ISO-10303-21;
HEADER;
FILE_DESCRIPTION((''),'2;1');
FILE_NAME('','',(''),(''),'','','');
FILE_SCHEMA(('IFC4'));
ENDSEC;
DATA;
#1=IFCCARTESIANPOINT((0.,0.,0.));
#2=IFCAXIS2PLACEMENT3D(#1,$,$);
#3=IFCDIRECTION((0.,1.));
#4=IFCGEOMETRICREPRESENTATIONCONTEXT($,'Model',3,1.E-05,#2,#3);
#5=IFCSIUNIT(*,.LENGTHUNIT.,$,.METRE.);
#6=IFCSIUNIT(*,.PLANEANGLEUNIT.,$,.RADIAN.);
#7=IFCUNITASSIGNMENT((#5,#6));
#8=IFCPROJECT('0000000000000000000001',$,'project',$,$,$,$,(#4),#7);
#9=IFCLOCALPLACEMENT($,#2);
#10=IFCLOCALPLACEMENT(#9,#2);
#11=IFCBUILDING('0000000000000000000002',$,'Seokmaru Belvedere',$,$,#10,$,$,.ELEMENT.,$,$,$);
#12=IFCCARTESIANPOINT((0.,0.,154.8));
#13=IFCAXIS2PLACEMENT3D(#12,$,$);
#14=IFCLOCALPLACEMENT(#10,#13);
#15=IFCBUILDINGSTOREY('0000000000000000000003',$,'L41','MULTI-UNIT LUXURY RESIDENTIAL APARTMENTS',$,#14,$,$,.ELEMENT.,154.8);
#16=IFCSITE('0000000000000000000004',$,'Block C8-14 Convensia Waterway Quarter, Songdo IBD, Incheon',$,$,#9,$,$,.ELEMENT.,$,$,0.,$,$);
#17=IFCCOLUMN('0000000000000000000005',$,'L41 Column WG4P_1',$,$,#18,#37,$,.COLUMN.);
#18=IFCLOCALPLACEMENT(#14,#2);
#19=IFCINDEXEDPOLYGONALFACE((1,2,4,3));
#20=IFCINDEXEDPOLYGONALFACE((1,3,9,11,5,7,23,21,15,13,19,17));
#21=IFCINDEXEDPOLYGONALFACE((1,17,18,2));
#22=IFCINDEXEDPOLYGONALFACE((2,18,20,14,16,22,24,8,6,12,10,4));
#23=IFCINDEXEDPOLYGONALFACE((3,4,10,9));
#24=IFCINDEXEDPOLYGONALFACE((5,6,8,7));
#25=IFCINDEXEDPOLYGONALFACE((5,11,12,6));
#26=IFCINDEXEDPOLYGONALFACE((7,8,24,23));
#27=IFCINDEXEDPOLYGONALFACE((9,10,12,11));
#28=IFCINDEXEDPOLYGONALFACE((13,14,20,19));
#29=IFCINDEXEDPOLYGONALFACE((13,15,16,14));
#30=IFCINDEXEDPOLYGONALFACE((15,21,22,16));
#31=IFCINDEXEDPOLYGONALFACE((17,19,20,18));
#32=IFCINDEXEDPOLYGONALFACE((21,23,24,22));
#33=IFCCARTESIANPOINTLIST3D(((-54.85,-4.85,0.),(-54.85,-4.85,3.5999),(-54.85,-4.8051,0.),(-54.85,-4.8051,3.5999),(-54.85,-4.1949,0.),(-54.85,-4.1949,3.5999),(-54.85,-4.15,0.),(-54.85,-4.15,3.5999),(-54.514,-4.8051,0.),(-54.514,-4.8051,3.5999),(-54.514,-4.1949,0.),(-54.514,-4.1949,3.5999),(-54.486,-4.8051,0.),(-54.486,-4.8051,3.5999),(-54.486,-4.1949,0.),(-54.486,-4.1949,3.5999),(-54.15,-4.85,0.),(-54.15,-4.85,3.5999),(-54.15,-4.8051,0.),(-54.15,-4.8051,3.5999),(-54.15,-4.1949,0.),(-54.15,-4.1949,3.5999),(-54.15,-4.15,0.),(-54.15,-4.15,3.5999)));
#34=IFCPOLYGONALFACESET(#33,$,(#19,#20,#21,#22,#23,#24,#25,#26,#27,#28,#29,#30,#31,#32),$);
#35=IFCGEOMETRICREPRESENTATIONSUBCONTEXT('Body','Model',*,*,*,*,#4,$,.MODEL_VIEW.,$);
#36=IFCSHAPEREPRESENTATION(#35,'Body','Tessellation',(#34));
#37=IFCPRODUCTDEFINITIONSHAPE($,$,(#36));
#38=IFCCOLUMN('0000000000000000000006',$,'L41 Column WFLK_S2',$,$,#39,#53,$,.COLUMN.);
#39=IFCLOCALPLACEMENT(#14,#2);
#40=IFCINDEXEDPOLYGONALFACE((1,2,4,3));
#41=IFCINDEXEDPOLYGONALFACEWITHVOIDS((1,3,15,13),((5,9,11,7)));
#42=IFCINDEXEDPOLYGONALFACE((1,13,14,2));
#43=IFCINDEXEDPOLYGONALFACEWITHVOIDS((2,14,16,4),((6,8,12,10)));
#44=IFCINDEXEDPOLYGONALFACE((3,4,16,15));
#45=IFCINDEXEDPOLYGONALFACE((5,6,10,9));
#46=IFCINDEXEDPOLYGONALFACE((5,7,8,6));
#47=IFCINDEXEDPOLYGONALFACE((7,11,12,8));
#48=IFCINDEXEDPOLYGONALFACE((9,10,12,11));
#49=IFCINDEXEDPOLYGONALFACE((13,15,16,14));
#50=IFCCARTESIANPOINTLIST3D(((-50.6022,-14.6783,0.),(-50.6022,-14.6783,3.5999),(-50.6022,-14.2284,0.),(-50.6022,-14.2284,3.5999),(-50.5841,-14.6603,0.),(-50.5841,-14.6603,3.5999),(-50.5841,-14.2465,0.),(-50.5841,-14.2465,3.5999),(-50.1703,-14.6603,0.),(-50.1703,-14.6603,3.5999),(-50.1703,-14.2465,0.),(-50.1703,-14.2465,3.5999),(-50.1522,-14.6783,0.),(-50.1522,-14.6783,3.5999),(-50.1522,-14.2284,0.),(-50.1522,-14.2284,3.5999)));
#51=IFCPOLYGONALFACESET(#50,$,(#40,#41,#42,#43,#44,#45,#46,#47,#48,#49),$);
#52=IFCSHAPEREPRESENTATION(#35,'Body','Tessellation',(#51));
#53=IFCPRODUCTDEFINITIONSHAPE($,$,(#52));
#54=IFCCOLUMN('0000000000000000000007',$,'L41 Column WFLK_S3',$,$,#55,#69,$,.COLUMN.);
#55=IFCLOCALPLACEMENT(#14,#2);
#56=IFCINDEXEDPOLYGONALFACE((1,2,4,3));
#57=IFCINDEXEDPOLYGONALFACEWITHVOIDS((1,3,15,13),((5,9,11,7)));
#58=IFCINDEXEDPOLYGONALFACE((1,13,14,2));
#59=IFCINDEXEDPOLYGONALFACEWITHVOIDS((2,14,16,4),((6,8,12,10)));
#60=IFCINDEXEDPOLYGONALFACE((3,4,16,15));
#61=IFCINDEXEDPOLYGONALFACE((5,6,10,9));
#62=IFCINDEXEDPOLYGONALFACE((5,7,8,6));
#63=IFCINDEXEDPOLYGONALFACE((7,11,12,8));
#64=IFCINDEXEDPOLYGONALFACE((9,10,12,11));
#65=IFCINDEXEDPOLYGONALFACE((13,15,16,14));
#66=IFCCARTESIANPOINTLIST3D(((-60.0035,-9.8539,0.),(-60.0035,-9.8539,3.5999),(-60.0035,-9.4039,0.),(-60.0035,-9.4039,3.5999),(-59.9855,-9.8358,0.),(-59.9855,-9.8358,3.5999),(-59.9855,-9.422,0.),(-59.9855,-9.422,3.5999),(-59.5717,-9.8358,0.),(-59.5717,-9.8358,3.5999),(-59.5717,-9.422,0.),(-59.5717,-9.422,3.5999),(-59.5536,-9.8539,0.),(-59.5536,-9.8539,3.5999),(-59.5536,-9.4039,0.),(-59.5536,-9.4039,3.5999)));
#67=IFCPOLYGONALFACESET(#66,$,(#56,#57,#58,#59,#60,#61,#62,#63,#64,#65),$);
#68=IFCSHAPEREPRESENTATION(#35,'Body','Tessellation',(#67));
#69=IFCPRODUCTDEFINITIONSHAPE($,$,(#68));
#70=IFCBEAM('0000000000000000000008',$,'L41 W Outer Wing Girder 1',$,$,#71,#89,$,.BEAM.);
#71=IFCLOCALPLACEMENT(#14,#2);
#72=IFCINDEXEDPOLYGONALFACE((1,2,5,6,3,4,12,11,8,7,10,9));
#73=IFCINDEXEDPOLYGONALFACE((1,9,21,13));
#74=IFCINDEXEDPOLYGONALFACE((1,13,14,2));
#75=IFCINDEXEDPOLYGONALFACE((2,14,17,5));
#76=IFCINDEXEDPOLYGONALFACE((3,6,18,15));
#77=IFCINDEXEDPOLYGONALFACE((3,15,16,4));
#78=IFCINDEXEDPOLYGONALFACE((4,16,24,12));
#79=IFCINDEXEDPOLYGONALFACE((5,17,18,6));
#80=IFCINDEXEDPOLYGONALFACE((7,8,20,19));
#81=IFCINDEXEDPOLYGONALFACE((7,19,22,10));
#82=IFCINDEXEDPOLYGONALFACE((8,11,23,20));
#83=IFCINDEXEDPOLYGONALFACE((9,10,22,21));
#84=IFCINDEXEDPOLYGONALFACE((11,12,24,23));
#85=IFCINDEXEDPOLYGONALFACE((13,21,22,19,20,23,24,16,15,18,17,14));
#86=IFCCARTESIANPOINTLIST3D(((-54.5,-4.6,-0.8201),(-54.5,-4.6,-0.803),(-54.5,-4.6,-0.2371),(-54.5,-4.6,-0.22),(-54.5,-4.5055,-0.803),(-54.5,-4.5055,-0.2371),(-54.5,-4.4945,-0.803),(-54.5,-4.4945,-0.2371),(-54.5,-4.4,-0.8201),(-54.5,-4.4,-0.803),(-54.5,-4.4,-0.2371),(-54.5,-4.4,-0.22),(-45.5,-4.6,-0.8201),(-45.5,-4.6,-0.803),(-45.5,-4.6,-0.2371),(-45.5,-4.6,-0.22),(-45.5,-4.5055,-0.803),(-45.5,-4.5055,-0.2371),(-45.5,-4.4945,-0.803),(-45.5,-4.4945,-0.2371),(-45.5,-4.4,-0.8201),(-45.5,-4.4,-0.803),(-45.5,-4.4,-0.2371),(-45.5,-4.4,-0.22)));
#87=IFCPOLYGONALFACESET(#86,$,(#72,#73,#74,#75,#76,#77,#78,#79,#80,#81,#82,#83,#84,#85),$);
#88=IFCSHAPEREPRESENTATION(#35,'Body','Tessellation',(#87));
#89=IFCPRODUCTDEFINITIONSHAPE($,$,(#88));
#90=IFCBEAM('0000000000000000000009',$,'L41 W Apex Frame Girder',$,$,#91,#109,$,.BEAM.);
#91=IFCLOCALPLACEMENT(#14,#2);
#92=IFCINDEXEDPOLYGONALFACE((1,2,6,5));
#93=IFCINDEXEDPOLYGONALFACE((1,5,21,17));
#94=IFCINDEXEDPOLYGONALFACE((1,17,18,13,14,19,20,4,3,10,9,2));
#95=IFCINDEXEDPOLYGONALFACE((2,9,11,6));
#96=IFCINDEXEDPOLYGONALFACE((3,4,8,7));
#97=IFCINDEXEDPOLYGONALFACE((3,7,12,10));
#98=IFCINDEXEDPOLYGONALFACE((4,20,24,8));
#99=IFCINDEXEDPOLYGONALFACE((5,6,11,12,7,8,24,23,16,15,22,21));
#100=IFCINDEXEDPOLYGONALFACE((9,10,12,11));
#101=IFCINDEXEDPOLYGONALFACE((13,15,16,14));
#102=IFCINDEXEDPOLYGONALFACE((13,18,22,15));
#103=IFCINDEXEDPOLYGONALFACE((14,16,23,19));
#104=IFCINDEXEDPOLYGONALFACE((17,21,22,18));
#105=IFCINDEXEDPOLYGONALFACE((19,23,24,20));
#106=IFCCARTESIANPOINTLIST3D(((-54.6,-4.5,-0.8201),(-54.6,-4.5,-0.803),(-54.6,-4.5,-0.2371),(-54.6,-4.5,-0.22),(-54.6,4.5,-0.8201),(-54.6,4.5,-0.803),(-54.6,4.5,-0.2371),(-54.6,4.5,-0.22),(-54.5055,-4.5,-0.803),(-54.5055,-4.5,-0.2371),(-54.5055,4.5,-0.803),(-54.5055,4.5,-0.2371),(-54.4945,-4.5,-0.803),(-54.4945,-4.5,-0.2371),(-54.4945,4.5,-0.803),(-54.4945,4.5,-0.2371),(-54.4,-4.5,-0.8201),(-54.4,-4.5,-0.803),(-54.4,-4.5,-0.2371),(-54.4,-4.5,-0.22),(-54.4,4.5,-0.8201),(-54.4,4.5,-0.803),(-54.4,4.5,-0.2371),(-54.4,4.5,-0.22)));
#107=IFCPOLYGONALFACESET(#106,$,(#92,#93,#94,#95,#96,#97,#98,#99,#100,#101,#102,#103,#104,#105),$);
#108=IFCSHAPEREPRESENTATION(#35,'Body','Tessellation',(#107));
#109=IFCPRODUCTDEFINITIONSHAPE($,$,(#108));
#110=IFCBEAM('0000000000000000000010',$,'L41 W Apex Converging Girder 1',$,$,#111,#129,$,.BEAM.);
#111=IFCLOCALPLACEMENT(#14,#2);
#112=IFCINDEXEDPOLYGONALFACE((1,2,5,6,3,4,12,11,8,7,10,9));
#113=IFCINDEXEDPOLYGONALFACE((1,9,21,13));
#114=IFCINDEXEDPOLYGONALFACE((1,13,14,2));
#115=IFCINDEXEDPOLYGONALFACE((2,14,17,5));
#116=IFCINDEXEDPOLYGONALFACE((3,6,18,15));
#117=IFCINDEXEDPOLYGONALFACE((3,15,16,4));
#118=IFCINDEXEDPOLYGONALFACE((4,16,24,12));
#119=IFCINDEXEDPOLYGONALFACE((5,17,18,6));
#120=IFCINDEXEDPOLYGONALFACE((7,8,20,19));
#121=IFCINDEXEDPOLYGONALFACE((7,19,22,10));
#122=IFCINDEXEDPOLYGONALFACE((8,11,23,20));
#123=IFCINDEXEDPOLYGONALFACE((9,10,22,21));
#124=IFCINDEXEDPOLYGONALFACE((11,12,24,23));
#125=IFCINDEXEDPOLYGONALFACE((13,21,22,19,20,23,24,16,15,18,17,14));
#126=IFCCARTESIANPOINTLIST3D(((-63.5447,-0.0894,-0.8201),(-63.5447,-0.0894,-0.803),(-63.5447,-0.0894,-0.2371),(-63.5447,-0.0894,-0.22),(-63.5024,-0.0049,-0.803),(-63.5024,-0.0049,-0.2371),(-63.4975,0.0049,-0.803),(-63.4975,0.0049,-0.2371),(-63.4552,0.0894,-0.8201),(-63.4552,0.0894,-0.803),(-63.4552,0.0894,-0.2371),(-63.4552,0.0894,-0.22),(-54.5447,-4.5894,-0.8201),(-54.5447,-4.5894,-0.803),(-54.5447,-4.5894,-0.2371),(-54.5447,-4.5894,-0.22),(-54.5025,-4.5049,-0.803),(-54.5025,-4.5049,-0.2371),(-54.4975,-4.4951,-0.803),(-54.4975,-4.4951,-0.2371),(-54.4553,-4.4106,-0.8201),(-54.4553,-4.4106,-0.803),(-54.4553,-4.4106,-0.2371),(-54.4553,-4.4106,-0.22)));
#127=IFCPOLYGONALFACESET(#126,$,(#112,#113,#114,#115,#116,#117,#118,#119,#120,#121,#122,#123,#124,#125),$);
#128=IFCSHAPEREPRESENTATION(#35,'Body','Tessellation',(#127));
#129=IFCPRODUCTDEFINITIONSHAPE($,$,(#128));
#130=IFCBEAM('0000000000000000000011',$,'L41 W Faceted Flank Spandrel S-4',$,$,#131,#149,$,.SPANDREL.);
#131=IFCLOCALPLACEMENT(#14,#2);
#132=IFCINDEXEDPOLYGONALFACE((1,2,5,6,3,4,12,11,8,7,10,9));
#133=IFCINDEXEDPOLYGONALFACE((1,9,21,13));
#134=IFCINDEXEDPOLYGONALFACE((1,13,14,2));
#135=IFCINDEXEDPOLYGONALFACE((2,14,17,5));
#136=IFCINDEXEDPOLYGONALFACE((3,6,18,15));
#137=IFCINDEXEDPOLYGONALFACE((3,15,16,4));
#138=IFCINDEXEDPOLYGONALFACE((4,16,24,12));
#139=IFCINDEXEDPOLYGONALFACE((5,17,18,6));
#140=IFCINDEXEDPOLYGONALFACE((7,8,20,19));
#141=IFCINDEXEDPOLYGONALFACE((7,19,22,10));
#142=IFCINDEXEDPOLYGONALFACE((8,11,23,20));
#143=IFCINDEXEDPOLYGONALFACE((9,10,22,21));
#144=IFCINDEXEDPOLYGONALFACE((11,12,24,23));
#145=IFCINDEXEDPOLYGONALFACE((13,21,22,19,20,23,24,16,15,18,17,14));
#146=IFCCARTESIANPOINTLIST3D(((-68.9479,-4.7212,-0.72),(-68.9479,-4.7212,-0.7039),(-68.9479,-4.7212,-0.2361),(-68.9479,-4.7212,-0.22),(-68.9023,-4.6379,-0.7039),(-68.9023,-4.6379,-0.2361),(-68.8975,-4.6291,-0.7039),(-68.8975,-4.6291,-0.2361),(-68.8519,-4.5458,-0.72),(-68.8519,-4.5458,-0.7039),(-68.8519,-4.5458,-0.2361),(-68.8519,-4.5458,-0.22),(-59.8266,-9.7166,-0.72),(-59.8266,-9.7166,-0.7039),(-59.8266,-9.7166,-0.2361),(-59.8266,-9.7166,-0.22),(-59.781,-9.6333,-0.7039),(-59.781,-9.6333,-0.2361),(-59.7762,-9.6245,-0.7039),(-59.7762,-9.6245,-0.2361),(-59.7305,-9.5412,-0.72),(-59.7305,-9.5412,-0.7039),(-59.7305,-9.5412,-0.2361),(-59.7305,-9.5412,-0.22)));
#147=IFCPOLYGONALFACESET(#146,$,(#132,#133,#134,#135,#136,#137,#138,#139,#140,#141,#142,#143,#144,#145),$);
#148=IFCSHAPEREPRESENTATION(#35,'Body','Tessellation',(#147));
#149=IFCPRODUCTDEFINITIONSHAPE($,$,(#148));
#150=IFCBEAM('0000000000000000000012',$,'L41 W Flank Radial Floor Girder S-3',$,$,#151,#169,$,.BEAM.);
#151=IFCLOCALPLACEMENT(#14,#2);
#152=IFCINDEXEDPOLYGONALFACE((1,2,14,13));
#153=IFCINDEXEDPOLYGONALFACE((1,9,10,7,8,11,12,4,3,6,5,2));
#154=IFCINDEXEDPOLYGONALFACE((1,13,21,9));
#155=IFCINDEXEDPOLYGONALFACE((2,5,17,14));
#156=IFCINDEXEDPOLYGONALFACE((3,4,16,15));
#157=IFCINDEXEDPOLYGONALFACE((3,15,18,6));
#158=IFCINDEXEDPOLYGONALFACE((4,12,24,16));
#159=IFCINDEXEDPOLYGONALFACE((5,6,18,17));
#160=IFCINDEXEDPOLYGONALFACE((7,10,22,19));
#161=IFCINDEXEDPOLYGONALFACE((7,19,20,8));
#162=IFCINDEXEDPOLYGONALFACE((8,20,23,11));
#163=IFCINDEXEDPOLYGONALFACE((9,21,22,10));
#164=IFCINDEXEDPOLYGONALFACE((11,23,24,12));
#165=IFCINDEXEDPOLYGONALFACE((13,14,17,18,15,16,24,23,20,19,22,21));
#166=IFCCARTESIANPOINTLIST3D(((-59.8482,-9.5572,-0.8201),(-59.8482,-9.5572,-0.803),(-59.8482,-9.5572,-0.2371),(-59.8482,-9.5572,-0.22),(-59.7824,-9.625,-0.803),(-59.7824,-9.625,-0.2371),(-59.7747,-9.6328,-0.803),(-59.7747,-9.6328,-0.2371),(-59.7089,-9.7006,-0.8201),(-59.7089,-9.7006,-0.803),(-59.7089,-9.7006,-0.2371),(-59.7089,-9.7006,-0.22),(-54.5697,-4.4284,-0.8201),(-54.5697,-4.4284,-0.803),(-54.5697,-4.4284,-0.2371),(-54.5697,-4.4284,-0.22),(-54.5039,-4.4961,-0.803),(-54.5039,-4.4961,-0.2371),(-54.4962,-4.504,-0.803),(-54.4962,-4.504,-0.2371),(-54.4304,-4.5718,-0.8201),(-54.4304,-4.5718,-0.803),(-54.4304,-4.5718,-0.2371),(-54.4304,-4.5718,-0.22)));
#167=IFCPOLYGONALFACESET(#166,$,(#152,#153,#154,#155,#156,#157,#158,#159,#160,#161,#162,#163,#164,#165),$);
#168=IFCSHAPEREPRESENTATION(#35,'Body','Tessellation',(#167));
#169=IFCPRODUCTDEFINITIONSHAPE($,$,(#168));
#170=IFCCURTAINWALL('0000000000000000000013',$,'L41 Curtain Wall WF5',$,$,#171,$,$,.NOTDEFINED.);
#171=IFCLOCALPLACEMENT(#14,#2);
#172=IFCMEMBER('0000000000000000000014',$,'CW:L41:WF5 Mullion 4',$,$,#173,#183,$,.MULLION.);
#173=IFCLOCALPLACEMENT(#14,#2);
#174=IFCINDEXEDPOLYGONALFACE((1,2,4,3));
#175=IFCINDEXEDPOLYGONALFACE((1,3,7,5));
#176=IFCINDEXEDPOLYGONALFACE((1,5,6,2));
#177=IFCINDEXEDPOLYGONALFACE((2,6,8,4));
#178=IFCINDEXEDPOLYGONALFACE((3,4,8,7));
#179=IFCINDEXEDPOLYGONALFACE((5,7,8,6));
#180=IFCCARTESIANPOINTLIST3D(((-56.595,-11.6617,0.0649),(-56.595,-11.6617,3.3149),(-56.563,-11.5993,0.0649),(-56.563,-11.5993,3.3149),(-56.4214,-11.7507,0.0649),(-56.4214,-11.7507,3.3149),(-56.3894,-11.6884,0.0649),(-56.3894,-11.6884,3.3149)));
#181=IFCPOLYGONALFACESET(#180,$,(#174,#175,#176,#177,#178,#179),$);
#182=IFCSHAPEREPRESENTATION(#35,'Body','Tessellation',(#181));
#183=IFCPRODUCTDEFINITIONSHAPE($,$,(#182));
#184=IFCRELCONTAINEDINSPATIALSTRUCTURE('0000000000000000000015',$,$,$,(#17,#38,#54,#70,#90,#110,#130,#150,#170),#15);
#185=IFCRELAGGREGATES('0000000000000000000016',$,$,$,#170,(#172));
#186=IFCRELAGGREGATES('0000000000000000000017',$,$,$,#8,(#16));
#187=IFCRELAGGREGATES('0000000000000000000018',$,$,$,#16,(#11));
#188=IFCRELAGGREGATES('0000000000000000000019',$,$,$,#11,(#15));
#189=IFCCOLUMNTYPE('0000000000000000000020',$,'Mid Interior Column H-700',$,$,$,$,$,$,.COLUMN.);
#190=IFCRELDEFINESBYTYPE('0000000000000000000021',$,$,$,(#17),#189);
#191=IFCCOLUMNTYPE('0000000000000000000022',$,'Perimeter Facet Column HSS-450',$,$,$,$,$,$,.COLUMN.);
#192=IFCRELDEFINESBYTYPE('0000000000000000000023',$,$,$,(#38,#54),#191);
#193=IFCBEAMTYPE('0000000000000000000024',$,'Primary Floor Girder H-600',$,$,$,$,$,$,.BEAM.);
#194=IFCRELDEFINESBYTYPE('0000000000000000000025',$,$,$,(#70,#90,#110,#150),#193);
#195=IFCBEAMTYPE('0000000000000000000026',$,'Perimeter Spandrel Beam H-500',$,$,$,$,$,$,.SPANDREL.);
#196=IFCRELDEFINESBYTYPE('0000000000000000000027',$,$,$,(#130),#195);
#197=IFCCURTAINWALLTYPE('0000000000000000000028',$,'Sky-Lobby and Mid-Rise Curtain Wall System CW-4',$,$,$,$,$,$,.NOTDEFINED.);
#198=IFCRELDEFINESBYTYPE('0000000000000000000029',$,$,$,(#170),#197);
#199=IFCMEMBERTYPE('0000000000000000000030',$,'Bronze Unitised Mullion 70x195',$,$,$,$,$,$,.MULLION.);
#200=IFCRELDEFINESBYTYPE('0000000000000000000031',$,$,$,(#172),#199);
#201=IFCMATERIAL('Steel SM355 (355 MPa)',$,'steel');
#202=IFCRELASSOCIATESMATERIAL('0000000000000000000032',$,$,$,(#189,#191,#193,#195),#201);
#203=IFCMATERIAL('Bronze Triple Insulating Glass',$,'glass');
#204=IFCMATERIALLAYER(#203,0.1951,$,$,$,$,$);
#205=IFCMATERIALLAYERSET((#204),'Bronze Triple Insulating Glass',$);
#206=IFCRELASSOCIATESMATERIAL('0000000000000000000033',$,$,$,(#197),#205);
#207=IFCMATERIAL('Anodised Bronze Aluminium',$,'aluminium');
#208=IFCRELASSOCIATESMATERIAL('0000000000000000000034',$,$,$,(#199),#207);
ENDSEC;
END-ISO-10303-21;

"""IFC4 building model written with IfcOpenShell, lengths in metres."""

from ifc_helpers import new_model, si_unit, direction, frame, origin, origin_2d, place, context, subcontext, project, spatial, rectangle, hollow_rectangle, i_section, extrude, source, transform, mapped, material, layer, layer_set, material_profile, profile_set, type_object, type_shapes, element, aggregate, save


model = new_model("IFC4")

# Units and contexts
model_context = context("Model", 3, precision=1e-05, world=origin(), true_north=direction((0.0, 1.0)))
body_context = subcontext(model_context, "Body", "Model", "MODEL_VIEW")
ifc_project = project(units=[si_unit("LENGTHUNIT", "METRE"), si_unit("PLANEANGLEUNIT", "RADIAN")], contexts=[model_context])

# Site, building, storey
site_placement = place(None, origin())
site = spatial("IfcSite", under=ifc_project, at=site_placement, Name="Block C8-14 Convensia Waterway Quarter, Songdo IBD, Incheon", CompositionType="ELEMENT", RefElevation=0.0)
building_placement = place(site_placement, origin())
building = spatial("IfcBuilding", under=site, at=building_placement, Name="Seokmaru Belvedere", CompositionType="ELEMENT")
storey_placement = place(building_placement, frame((0.0, 0.0, 154.8)))
storey = spatial("IfcBuildingStorey", under=building, at=storey_placement, Name="L41", Description="MULTI-UNIT LUXURY RESIDENTIAL APARTMENTS", CompositionType="ELEMENT", Elevation=154.8)

# Columns
ifc_material_1 = material(Name="Steel SM355 (355 MPa)", Category="steel")
ifc_material_profile_1 = material_profile(ifc_material_1, i_section(OverallWidth=0.7, OverallDepth=0.7, WebThickness=0.0281, FlangeThickness=0.0449, at=origin_2d()), Name="H-700x700x28x45")
ifc_profile_set_1 = profile_set([ifc_material_profile_1], Name="Steel SM355 (355 MPa)")
column_type_1 = type_object("IfcColumnType", Name="Mid Interior Column H-700", PredefinedType="COLUMN", material=ifc_profile_set_1)
shared_shape_1 = source(origin(), body_context, "Body", "SweptSolid", [
    extrude(i_section(OverallWidth=0.7, OverallDepth=0.7, WebThickness=0.0281, FlangeThickness=0.0449, at=origin_2d()), origin(), (0.0, 0.0, 1.0), 3.5999),
])
type_shapes(column_type_1, [shared_shape_1])
column_placement = place(storey_placement, frame((-54.5, -4.5, 0.0), z_axis=(0.0, 0.0, 1.0), x_axis=(1.0, 0.0, 0.0)))
element("IfcColumn", 1, at=column_placement, inside=storey, type_object=column_type_1, Name="L41 Column WG4P_1", PredefinedType="COLUMN", context=body_context, shape_type="MappedRepresentation", body=[
    mapped(shared_shape_1, transform((0.0, 0.0, 0.0), scale=1.0)),
])
ifc_material_profile_2 = material_profile(ifc_material_1, hollow_rectangle(XDim=0.45, YDim=0.45, WallThickness=0.0181, at=origin_2d()), Name="HSS-450x450x18")
ifc_profile_set_2 = profile_set([ifc_material_profile_2], Name="Steel SM355 (355 MPa)")
column_type_2 = type_object("IfcColumnType", Name="Perimeter Facet Column HSS-450", PredefinedType="COLUMN", material=ifc_profile_set_2)
shared_shape_2 = source(origin(), body_context, "Body", "SweptSolid", [
    extrude(hollow_rectangle(XDim=0.45, YDim=0.45, WallThickness=0.0181, at=origin_2d()), origin(), (0.0, 0.0, 1.0), 3.5999),
])
type_shapes(column_type_2, [shared_shape_2])
for number, where, z_axis, x_axis, name in (
    (2, (-50.3772, -14.4534, 0.0), (0.0, 0.0, 1.0), (1.0, 0.0, 0.0), "L41 Column WFLK_S2"),
    (3, (-59.7786, -9.6289, 0.0), (0.0, 0.0, 1.0), (1.0, 0.0, 0.0), "L41 Column WFLK_S3"),
):
    element("IfcColumn", number, at=place(storey_placement, frame(where, z_axis=z_axis, x_axis=x_axis)), inside=storey, type_object=column_type_2, Name=name, PredefinedType="COLUMN", context=body_context, shape_type="MappedRepresentation", body=[
        mapped(shared_shape_2, transform((0.0, 0.0, 0.0), scale=1.0)),
    ])

# Beams
ifc_material_profile_3 = material_profile(ifc_material_1, i_section(OverallWidth=0.2, OverallDepth=0.6001, WebThickness=0.011, FlangeThickness=0.0171, at=origin_2d()), Name="H-600x200x11x17")
ifc_profile_set_3 = profile_set([ifc_material_profile_3], Name="Steel SM355 (355 MPa)")
beam_type_1 = type_object("IfcBeamType", Name="Primary Floor Girder H-600", PredefinedType="BEAM", material=ifc_profile_set_3)
shared_shape_3 = source(origin(), body_context, "Body", "SweptSolid", [
    extrude(i_section(OverallWidth=0.2, OverallDepth=0.6001, WebThickness=0.011, FlangeThickness=0.0171, at=origin_2d()), origin(), (0.0, 0.0, 1.0), 9.0),
])
for number, where, z_axis, x_axis, name in (
    (4, (-54.5, -4.5, -0.52), (1.0, 0.0, 0.0), (0.0, 1.0, 0.0), "L41 W Outer Wing Girder 1"),
    (5, (-54.5, -4.5, -0.52), (0.0, 1.0, 0.0), (-1.0, 0.0, 0.0), "L41 W Apex Frame Girder"),
):
    element("IfcBeam", number, at=place(storey_placement, frame(where, z_axis=z_axis, x_axis=x_axis)), inside=storey, type_object=beam_type_1, Name=name, PredefinedType="BEAM", context=body_context, shape_type="MappedRepresentation", body=[
        mapped(shared_shape_3, transform((0.0, 0.0, 0.0), scale=1.0)),
    ])
shared_shape_4 = source(origin(), body_context, "Body", "SweptSolid", [
    extrude(i_section(OverallWidth=0.2, OverallDepth=0.6001, WebThickness=0.011, FlangeThickness=0.0171, at=origin_2d()), origin(), (0.0, 0.0, 1.0), 10.0623),
])
beam_1_placement = place(storey_placement, frame((-54.5, -4.5, -0.52), z_axis=(-0.894427, 0.447214, 0.0), x_axis=(-0.447214, -0.894427, 0.0)))
element("IfcBeam", 6, at=beam_1_placement, inside=storey, type_object=beam_type_1, Name="L41 W Apex Converging Girder 1", PredefinedType="BEAM", context=body_context, shape_type="MappedRepresentation", body=[
    mapped(shared_shape_4, transform((0.0, 0.0, 0.0), scale=1.0)),
])
ifc_material_profile_4 = material_profile(ifc_material_1, i_section(OverallWidth=0.2, OverallDepth=0.5, WebThickness=0.01, FlangeThickness=0.0161, at=origin_2d()), Name="H-500x200x10x16")
ifc_profile_set_4 = profile_set([ifc_material_profile_4], Name="Steel SM355 (355 MPa)")
beam_type_2 = type_object("IfcBeamType", Name="Perimeter Spandrel Beam H-500", PredefinedType="SPANDREL", material=ifc_profile_set_4)
shared_shape_5 = source(origin(), body_context, "Body", "SweptSolid", [
    extrude(i_section(OverallWidth=0.2, OverallDepth=0.5, WebThickness=0.01, FlangeThickness=0.0161, at=origin_2d()), origin(), (0.0, 0.0, 1.0), 10.3997),
])
type_shapes(beam_type_2, [shared_shape_5])
beam_2_placement = place(storey_placement, frame((-59.7786, -9.6289, -0.47), z_axis=(-0.877082, 0.48034, 0.0), x_axis=(-0.48034, -0.877082, 0.0)))
element("IfcBeam", 7, at=beam_2_placement, inside=storey, type_object=beam_type_2, Name="L41 W Faceted Flank Spandrel S-4", PredefinedType="SPANDREL", context=body_context, shape_type="MappedRepresentation", body=[
    mapped(shared_shape_5, transform((0.0, 0.0, 0.0), scale=1.0)),
])
shared_shape_6 = source(origin(), body_context, "Body", "SweptSolid", [
    extrude(i_section(OverallWidth=0.2, OverallDepth=0.6001, WebThickness=0.011, FlangeThickness=0.0171, at=origin_2d()), origin(), (0.0, 0.0, 1.0), 7.3599),
])
type_shapes(beam_type_1, [shared_shape_3, shared_shape_4, shared_shape_6])
beam_3_placement = place(storey_placement, frame((-59.7786, -9.6289, -0.52), z_axis=(0.717201, 0.696867, 0.0), x_axis=(-0.696867, 0.717201, 0.0)))
element("IfcBeam", 8, at=beam_3_placement, inside=storey, type_object=beam_type_1, Name="L41 W Flank Radial Floor Girder S-3", PredefinedType="BEAM", context=body_context, shape_type="MappedRepresentation", body=[
    mapped(shared_shape_6, transform((0.0, 0.0, 0.0), scale=1.0)),
])

# Curtain wall, member
ifc_material_2 = material(Name="Bronze Triple Insulating Glass", Category="glass")
ifc_layer_1 = layer(ifc_material_2, 0.1951)
ifc_layer_set_1 = layer_set([ifc_layer_1], Name="Bronze Triple Insulating Glass")
curtain_wall_type = type_object("IfcCurtainWallType", Name="Sky-Lobby and Mid-Rise Curtain Wall System CW-4", PredefinedType="NOTDEFINED", material=ifc_layer_set_1)
curtain_wall_placement = place(storey_placement, origin())
curtain_wall = element("IfcCurtainWall", 9, at=curtain_wall_placement, inside=storey, type_object=curtain_wall_type, Name="L41 Curtain Wall WF5", PredefinedType="NOTDEFINED")
ifc_material_3 = material(Name="Anodised Bronze Aluminium", Category="aluminium")
ifc_material_profile_5 = material_profile(ifc_material_3, rectangle(XDim=0.0701, YDim=0.1951, at=origin_2d()), Name="CW-M-70x195")
ifc_profile_set_5 = profile_set([ifc_material_profile_5], Name="Anodised Bronze Aluminium")
member_type = type_object("IfcMemberType", Name="Bronze Unitised Mullion 70x195", PredefinedType="MULLION", material=ifc_profile_set_5)
shared_shape_7 = source(origin(), body_context, "Body", "SweptSolid", [
    extrude(rectangle(XDim=0.0701, YDim=0.1951, at=origin_2d()), origin(), (0.0, 0.0, 1.0), 3.25),
])
type_shapes(member_type, [shared_shape_7])
member_1_placement = place(storey_placement, frame((-56.4922, -11.675, 0.0649), z_axis=(0.0, 0.0, 1.0), x_axis=(0.456555, 0.889695, 0.0)))
member_1 = element("IfcMember", 10, at=member_1_placement, type_object=member_type, Name="CW:L41:WF5 Mullion 4", PredefinedType="MULLION", context=body_context, shape_type="MappedRepresentation", body=[
    mapped(shared_shape_7, transform((0.0, 0.0, 0.0), scale=1.0)),
])
aggregate(curtain_wall, [member_1])

save(model, "model.ifc")
